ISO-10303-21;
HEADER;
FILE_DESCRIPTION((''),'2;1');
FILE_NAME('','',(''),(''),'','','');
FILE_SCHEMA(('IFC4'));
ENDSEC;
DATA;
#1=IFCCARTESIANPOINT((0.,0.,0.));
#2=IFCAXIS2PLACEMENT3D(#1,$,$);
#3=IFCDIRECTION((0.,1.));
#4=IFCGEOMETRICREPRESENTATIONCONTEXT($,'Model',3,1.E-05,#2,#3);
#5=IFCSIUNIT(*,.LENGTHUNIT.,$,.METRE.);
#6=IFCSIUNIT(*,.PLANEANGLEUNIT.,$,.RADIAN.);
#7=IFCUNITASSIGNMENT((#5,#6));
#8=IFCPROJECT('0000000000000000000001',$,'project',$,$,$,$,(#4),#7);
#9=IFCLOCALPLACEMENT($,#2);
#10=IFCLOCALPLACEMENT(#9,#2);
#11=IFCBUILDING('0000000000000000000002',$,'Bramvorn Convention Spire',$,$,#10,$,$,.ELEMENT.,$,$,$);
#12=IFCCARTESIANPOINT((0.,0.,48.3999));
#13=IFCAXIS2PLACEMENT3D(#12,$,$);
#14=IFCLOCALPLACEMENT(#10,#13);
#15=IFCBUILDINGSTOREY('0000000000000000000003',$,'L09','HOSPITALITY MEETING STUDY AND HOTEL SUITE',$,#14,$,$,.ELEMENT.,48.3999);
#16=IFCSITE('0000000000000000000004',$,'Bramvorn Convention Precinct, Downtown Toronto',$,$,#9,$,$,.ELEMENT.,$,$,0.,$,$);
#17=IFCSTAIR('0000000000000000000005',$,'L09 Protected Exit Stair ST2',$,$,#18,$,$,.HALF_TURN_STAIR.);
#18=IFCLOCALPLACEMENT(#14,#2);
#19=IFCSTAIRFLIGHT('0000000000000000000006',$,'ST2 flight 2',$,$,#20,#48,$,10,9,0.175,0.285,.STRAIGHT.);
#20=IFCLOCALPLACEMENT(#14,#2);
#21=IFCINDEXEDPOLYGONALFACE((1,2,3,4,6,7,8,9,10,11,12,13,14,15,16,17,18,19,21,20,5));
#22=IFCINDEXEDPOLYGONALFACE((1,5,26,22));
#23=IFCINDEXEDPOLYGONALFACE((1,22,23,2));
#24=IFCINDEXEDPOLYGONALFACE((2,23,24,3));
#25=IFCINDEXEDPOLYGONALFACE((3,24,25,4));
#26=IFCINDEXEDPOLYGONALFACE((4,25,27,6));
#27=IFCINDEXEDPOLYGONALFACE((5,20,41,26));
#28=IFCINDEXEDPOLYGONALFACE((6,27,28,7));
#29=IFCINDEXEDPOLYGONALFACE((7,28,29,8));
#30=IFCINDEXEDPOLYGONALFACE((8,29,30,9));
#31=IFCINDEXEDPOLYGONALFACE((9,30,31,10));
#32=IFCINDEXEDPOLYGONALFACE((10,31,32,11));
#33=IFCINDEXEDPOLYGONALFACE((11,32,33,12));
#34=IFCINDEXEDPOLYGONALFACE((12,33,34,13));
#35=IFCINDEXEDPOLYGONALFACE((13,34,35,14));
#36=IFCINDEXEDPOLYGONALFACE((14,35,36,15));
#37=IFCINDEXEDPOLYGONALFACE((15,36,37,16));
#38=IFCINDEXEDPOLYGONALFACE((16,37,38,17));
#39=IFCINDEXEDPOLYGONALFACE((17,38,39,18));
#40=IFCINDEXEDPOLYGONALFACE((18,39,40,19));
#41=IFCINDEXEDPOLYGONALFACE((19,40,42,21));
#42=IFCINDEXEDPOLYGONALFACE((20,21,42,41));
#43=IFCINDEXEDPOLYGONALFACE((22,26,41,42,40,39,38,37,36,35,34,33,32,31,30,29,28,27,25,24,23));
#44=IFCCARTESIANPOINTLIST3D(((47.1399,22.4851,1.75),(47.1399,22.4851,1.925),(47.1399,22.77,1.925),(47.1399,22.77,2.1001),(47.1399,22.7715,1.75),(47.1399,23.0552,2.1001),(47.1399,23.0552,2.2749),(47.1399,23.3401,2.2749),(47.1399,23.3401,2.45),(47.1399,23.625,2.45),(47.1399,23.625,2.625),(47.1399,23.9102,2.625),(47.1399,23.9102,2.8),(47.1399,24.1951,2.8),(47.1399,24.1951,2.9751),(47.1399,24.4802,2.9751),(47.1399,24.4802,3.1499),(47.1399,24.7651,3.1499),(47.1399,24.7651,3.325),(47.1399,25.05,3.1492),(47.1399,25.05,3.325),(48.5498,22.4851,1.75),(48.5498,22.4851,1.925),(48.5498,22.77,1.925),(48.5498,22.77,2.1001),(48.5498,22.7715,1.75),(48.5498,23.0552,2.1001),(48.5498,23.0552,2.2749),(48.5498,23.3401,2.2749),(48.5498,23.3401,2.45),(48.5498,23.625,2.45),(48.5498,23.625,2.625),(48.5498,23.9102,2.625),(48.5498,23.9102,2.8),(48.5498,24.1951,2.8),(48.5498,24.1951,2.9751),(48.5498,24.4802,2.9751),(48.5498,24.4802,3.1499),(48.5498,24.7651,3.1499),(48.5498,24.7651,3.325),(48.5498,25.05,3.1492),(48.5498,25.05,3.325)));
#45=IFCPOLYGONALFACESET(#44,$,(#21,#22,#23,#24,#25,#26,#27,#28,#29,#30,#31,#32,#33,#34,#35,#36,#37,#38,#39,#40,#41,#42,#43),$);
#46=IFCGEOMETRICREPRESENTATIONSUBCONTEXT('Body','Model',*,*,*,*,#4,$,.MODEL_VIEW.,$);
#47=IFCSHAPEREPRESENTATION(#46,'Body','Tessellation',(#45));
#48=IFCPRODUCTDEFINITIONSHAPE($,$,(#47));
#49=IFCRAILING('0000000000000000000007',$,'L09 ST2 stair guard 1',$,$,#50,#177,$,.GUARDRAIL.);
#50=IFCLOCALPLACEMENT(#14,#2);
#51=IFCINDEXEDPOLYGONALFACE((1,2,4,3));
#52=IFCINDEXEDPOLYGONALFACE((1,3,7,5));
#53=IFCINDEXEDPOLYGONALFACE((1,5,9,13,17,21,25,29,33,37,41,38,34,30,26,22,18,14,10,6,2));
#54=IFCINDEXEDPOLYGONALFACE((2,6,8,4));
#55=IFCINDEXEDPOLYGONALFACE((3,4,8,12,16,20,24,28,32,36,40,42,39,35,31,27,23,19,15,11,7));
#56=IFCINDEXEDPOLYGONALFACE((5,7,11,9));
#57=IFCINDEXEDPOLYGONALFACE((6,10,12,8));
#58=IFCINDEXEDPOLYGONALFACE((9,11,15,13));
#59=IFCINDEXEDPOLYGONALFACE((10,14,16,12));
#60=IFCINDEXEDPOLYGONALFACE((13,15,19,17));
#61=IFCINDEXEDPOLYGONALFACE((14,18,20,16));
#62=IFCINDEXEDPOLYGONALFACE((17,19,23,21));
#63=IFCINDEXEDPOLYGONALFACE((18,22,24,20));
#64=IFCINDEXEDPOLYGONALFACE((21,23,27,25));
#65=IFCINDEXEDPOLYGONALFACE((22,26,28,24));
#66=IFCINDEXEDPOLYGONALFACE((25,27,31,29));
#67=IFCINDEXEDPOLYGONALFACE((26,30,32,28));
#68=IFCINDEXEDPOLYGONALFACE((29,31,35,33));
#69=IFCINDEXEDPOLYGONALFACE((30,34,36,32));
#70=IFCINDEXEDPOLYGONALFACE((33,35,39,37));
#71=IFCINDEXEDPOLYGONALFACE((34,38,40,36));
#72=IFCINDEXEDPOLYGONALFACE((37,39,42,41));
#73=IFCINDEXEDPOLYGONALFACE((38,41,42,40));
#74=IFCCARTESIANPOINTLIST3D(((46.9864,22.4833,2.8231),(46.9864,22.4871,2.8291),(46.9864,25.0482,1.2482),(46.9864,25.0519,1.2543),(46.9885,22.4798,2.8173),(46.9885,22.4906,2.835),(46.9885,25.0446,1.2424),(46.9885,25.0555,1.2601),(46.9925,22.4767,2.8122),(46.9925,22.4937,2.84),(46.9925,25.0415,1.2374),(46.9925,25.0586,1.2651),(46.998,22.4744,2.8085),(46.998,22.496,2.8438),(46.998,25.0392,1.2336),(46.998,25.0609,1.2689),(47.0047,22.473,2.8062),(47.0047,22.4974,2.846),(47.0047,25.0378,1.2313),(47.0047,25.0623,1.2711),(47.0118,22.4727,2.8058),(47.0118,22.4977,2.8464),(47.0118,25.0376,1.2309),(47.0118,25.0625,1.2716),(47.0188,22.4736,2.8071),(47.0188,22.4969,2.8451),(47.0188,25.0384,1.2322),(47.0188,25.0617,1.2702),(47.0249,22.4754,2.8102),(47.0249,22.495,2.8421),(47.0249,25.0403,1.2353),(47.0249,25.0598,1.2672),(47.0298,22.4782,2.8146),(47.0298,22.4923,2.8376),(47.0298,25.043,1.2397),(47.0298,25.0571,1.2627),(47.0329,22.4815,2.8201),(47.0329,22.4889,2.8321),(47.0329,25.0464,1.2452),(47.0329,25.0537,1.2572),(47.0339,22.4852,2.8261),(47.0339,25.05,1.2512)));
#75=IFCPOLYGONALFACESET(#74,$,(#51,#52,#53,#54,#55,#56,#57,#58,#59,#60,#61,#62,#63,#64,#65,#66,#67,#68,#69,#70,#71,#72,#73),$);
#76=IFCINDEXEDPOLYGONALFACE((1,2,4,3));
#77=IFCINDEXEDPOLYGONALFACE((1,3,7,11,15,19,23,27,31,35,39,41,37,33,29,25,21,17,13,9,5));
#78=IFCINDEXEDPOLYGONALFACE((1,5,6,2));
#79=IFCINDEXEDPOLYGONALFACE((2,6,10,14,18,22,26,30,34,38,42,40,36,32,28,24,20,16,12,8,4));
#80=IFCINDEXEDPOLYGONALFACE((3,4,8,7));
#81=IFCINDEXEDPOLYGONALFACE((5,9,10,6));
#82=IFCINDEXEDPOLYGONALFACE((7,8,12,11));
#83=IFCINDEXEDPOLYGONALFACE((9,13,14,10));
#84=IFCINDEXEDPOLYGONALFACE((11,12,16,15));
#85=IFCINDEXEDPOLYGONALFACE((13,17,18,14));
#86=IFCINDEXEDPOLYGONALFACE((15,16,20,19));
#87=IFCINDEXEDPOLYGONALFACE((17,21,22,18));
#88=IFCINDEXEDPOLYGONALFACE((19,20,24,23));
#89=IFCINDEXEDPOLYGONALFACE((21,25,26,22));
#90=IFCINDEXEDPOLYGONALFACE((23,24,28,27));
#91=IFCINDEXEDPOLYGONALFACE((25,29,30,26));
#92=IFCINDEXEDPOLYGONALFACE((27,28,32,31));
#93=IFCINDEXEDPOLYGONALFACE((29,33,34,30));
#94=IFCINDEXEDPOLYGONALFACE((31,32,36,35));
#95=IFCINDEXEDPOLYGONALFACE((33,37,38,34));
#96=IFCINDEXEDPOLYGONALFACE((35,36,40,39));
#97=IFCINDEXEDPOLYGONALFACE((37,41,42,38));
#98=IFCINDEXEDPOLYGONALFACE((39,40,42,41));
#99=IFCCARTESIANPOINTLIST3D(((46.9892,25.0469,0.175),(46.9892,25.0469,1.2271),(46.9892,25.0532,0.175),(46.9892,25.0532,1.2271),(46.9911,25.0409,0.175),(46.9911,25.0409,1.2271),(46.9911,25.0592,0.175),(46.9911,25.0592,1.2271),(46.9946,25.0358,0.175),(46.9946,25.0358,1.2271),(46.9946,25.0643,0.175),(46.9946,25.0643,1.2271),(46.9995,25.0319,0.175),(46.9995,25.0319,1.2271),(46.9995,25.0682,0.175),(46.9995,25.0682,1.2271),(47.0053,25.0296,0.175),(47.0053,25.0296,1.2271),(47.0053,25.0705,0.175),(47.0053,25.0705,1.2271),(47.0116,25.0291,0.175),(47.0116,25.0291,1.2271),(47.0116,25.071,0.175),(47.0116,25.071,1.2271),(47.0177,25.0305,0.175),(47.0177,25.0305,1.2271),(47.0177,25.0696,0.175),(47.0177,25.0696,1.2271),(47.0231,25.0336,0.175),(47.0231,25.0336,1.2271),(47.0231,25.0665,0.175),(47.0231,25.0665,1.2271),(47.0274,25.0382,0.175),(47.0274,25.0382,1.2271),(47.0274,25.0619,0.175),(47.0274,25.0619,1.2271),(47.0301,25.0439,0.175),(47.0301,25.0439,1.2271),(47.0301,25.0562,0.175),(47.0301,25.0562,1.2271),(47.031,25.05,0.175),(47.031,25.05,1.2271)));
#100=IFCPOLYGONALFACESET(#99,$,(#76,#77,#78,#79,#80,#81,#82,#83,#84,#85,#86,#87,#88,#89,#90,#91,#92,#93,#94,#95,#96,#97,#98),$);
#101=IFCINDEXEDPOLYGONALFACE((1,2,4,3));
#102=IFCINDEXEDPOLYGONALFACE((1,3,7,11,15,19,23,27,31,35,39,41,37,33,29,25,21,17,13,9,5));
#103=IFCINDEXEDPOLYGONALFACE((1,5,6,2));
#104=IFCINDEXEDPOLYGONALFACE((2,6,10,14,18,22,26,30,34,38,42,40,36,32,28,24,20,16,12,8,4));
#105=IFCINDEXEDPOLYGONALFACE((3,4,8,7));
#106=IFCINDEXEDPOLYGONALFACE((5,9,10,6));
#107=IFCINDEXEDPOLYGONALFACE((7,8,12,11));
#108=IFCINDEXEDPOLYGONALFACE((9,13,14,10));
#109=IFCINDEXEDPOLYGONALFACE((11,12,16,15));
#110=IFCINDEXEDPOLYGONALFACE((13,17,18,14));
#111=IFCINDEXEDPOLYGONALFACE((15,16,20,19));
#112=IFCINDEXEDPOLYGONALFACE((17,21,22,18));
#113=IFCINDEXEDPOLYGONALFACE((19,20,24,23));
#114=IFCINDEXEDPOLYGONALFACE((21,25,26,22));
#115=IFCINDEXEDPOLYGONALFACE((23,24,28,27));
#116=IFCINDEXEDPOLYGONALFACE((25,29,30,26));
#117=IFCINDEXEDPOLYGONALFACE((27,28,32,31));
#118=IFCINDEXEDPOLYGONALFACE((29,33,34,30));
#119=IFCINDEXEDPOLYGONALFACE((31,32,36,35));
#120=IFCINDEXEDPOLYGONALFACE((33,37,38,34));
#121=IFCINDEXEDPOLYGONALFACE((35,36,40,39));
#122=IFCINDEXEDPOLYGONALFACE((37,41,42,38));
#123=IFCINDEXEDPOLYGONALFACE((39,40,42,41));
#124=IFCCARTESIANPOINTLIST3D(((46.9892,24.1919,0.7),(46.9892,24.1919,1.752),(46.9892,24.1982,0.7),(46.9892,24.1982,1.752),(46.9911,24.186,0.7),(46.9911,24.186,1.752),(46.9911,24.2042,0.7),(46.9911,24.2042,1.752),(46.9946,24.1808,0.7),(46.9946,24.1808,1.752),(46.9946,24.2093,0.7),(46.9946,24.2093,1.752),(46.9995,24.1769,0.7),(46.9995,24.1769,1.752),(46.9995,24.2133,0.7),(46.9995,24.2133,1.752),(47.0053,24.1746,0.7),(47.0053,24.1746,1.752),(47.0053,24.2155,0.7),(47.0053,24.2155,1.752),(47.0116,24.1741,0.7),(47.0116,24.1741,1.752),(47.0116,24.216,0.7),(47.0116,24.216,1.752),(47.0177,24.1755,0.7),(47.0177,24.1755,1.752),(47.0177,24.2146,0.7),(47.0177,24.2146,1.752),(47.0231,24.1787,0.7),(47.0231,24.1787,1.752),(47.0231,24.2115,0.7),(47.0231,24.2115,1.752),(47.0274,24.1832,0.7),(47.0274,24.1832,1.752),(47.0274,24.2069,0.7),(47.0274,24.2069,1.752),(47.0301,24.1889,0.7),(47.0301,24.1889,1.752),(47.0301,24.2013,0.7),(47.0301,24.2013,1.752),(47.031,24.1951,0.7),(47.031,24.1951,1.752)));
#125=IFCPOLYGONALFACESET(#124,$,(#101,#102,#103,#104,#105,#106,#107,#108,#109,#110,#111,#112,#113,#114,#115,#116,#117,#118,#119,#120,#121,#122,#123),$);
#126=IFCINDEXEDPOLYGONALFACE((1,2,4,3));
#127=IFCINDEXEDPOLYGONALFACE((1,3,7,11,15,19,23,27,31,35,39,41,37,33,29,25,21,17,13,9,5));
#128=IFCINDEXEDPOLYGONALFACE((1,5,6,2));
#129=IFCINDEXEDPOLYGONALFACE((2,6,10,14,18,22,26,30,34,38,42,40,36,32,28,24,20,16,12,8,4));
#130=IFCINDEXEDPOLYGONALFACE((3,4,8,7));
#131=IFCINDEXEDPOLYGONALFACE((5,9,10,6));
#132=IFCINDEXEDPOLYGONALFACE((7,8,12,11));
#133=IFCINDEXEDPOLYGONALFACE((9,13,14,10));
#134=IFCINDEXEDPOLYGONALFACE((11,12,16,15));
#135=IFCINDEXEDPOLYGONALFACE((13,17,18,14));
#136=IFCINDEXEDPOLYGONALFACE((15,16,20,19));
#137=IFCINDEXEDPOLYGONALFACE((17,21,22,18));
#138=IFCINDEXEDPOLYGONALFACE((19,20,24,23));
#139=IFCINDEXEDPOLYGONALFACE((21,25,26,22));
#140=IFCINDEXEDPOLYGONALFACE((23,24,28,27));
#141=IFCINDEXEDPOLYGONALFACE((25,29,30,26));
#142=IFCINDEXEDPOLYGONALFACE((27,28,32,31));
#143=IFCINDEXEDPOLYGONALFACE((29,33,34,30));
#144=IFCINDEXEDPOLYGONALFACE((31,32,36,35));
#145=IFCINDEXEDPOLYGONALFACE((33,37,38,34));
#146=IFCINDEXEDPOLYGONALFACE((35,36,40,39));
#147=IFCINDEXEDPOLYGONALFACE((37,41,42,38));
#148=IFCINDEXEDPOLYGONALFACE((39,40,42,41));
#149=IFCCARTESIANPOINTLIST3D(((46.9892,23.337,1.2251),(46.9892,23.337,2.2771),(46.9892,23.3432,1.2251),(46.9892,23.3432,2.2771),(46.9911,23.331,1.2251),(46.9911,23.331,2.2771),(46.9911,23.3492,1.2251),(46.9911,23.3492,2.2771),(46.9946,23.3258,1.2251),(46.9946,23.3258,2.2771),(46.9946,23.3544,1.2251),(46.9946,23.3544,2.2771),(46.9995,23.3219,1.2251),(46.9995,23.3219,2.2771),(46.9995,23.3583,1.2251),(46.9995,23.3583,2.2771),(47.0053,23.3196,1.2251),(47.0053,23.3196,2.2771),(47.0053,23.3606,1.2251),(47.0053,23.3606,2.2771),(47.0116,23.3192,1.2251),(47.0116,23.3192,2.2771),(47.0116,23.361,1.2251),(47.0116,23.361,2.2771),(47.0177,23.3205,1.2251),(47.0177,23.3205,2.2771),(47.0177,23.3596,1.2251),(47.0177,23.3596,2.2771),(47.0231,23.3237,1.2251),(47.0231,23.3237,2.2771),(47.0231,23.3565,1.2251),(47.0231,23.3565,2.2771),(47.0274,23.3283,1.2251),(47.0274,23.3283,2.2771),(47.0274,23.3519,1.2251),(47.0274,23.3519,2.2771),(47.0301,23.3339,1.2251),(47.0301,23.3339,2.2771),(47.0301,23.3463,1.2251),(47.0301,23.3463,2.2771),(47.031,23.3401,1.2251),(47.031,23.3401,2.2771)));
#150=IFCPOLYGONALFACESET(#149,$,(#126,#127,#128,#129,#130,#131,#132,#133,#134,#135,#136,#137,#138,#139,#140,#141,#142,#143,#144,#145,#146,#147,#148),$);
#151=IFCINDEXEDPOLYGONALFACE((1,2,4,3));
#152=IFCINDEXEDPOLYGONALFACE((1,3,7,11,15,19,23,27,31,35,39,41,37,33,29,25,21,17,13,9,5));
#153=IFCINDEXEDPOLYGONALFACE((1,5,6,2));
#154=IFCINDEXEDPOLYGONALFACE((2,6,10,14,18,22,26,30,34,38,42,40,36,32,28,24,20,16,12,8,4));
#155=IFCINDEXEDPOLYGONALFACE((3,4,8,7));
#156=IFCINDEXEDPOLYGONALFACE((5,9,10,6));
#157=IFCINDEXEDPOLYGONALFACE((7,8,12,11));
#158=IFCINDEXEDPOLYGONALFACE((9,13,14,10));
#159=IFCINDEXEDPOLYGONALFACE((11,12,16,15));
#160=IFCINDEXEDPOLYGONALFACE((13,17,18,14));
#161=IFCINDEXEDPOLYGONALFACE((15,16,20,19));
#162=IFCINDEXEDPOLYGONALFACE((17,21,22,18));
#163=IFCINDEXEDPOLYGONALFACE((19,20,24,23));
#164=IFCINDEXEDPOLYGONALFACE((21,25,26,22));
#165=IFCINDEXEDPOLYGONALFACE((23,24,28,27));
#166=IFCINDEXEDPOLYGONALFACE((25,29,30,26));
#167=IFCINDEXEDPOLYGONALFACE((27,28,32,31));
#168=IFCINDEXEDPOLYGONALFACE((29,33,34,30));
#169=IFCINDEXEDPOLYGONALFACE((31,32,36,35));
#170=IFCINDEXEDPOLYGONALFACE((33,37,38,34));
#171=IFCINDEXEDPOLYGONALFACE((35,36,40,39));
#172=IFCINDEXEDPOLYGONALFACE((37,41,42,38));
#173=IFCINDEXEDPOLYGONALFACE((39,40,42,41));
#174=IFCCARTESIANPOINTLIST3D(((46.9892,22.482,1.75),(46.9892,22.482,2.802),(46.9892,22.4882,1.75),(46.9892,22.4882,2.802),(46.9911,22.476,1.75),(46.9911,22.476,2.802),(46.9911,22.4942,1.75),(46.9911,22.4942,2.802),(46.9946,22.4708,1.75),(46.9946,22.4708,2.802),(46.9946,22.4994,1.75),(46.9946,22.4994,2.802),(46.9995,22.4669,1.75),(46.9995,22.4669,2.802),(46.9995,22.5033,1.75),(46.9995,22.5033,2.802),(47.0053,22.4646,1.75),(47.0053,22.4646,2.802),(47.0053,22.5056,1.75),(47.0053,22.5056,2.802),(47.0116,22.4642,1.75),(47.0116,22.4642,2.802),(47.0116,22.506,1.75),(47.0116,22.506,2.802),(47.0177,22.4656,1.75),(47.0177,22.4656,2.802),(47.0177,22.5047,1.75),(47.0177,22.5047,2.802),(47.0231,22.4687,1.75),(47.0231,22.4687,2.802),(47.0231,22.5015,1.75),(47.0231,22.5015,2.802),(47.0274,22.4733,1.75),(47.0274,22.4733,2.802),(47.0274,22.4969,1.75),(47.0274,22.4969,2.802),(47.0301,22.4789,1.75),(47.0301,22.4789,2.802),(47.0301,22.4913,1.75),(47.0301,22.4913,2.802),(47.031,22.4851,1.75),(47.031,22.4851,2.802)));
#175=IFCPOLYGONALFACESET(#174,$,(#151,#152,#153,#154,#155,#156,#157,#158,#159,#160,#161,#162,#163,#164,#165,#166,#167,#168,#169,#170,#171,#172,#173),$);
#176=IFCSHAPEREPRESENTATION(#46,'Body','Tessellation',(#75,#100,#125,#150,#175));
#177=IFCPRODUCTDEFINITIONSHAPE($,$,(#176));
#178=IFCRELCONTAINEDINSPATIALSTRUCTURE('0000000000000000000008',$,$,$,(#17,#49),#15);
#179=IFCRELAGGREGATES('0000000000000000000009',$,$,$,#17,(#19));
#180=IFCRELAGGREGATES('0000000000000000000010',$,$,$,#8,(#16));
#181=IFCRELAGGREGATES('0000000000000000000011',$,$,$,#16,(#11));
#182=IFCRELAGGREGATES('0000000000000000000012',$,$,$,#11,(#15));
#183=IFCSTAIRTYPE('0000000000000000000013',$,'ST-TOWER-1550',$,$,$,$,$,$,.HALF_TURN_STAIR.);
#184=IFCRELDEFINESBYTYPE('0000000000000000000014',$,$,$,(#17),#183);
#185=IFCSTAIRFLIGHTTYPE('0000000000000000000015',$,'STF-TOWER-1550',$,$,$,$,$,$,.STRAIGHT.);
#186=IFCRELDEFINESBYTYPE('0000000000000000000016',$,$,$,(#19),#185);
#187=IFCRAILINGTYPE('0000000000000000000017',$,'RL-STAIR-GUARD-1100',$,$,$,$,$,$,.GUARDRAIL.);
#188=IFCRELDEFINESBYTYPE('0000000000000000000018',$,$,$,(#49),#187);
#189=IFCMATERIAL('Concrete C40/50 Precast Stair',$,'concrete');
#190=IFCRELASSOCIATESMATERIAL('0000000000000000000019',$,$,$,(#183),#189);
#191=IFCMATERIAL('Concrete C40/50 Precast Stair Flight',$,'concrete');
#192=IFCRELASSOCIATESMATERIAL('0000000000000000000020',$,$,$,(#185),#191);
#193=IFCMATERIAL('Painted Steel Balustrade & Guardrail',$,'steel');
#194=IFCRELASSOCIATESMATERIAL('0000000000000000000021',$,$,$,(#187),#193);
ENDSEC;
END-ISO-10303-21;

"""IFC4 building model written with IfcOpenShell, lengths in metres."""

from ifc_helpers import new_model, si_unit, direction, frame, origin, origin_2d, place, context, subcontext, project, spatial, polyline, circle, outline, extrude, material, type_object, element, aggregate, save


model = new_model("IFC4")

# Units and contexts
model_context = context("Model", 3, precision=1e-05, world=origin(), true_north=direction((0.0, 1.0)))
body_context = subcontext(model_context, "Body", "Model", "MODEL_VIEW")
ifc_project = project(units=[si_unit("LENGTHUNIT", "METRE"), si_unit("PLANEANGLEUNIT", "RADIAN")], contexts=[model_context])

# Site, building, storey
site_placement = place(None, origin())
site = spatial("IfcSite", under=ifc_project, at=site_placement, Name="Bramvorn Convention Precinct, Downtown Toronto", CompositionType="ELEMENT", RefElevation=0.0)
building_placement = place(site_placement, origin())
building = spatial("IfcBuilding", under=site, at=building_placement, Name="Bramvorn Convention Spire", CompositionType="ELEMENT")
storey_placement = place(building_placement, frame((0.0, 0.0, 48.3999)))
storey = spatial("IfcBuildingStorey", under=building, at=storey_placement, Name="L09", Description="HOSPITALITY MEETING STUDY AND HOTEL SUITE", CompositionType="ELEMENT", Elevation=48.3999)

# Stair, stair flight
ifc_material_1 = material(Name="Concrete C40/50 Precast Stair", Category="concrete")
stair_type = type_object("IfcStairType", Name="ST-TOWER-1550", PredefinedType="HALF_TURN_STAIR", material=ifc_material_1)
stair_placement = place(storey_placement, origin())
stair = element("IfcStair", 1, at=stair_placement, inside=storey, type_object=stair_type, Name="L09 Protected Exit Stair ST2", PredefinedType="HALF_TURN_STAIR")
ifc_material_2 = material(Name="Concrete C40/50 Precast Stair Flight", Category="concrete")
stair_flight_type = type_object("IfcStairFlightType", Name="STF-TOWER-1550", PredefinedType="STRAIGHT", material=ifc_material_2)
stair_flight_1_placement = place(storey_placement, frame((47.845, 22.4851, 1.75), z_axis=(0.0, 0.0, 1.0), x_axis=(0.0, 1.0, 0.0)))
stair_flight_1 = element("IfcStairFlight", 2, at=stair_flight_1_placement, type_object=stair_flight_type, Name="ST2 flight 2", NumberOfRisers=10, NumberOfTreads=9, PredefinedType="STRAIGHT", RiserHeight=0.175, TreadLength=0.285, context=body_context, shape_type="SweptSolid", body=[
    extrude(outline(polyline([(0.0, 0.0), (0.0, 0.175), (0.2849, 0.175), (0.2849, 0.3501), (0.5701, 0.3501), (0.5701, 0.5249), (0.855, 0.5249), (0.855, 0.7), (1.1399, 0.7), (1.1399, 0.875), (1.425, 0.875), (1.425, 1.05), (1.71, 1.05), (1.71, 1.2251), (1.9951, 1.2251), (1.9951, 1.3999), (2.28, 1.3999), (2.28, 1.575), (2.5649, 1.575), (2.5649, 1.75), (2.5649, 1.3992), (0.2864, 0.0), (0.0, 0.0)])), frame((0.0, 0.7051, 0.0), z_axis=(0.0, -1.0, 0.0), x_axis=(1.0, 0.0, 0.0)), (0.0, 0.0, 1.0), 1.4099),
])
aggregate(stair, [stair_flight_1])

# Railing
ifc_material_3 = material(Name="Painted Steel Balustrade & Guardrail", Category="steel")
railing_type_1 = type_object("IfcRailingType", Name="RL-STAIR-GUARD-1100", PredefinedType="GUARDRAIL", material=ifc_material_3)
railing_1_placement = place(storey_placement, frame((47.01, 25.05, 0.175)))
element("IfcRailing", 3, at=railing_1_placement, inside=storey, type_object=railing_type_1, Name="L09 ST2 stair guard 1", PredefinedType="GUARDRAIL", context=body_context, shape_type="SweptSolid", body=[
    extrude(circle(Radius=0.0239, at=origin_2d()), frame((0.0, 0.0, 1.0762), z_axis=(0.0, -0.852173, 0.52326), x_axis=(1.0, 0.0, 0.0)), (0.0, 0.0, 1.0), 3.0098),
    extrude(circle(Radius=0.021, at=origin_2d()), origin(), (0.0, 0.0, 1.0), 1.052),
    extrude(circle(Radius=0.021, at=origin_2d()), frame((0.0, -0.855, 0.5249)), (0.0, 0.0, 1.0), 1.052),
    extrude(circle(Radius=0.021, at=origin_2d()), frame((0.0, -1.71, 1.05)), (0.0, 0.0, 1.0), 1.052),
    extrude(circle(Radius=0.021, at=origin_2d()), frame((0.0, -2.5649, 1.575)), (0.0, 0.0, 1.0), 1.052),
])

save(model, "model.ifc")
